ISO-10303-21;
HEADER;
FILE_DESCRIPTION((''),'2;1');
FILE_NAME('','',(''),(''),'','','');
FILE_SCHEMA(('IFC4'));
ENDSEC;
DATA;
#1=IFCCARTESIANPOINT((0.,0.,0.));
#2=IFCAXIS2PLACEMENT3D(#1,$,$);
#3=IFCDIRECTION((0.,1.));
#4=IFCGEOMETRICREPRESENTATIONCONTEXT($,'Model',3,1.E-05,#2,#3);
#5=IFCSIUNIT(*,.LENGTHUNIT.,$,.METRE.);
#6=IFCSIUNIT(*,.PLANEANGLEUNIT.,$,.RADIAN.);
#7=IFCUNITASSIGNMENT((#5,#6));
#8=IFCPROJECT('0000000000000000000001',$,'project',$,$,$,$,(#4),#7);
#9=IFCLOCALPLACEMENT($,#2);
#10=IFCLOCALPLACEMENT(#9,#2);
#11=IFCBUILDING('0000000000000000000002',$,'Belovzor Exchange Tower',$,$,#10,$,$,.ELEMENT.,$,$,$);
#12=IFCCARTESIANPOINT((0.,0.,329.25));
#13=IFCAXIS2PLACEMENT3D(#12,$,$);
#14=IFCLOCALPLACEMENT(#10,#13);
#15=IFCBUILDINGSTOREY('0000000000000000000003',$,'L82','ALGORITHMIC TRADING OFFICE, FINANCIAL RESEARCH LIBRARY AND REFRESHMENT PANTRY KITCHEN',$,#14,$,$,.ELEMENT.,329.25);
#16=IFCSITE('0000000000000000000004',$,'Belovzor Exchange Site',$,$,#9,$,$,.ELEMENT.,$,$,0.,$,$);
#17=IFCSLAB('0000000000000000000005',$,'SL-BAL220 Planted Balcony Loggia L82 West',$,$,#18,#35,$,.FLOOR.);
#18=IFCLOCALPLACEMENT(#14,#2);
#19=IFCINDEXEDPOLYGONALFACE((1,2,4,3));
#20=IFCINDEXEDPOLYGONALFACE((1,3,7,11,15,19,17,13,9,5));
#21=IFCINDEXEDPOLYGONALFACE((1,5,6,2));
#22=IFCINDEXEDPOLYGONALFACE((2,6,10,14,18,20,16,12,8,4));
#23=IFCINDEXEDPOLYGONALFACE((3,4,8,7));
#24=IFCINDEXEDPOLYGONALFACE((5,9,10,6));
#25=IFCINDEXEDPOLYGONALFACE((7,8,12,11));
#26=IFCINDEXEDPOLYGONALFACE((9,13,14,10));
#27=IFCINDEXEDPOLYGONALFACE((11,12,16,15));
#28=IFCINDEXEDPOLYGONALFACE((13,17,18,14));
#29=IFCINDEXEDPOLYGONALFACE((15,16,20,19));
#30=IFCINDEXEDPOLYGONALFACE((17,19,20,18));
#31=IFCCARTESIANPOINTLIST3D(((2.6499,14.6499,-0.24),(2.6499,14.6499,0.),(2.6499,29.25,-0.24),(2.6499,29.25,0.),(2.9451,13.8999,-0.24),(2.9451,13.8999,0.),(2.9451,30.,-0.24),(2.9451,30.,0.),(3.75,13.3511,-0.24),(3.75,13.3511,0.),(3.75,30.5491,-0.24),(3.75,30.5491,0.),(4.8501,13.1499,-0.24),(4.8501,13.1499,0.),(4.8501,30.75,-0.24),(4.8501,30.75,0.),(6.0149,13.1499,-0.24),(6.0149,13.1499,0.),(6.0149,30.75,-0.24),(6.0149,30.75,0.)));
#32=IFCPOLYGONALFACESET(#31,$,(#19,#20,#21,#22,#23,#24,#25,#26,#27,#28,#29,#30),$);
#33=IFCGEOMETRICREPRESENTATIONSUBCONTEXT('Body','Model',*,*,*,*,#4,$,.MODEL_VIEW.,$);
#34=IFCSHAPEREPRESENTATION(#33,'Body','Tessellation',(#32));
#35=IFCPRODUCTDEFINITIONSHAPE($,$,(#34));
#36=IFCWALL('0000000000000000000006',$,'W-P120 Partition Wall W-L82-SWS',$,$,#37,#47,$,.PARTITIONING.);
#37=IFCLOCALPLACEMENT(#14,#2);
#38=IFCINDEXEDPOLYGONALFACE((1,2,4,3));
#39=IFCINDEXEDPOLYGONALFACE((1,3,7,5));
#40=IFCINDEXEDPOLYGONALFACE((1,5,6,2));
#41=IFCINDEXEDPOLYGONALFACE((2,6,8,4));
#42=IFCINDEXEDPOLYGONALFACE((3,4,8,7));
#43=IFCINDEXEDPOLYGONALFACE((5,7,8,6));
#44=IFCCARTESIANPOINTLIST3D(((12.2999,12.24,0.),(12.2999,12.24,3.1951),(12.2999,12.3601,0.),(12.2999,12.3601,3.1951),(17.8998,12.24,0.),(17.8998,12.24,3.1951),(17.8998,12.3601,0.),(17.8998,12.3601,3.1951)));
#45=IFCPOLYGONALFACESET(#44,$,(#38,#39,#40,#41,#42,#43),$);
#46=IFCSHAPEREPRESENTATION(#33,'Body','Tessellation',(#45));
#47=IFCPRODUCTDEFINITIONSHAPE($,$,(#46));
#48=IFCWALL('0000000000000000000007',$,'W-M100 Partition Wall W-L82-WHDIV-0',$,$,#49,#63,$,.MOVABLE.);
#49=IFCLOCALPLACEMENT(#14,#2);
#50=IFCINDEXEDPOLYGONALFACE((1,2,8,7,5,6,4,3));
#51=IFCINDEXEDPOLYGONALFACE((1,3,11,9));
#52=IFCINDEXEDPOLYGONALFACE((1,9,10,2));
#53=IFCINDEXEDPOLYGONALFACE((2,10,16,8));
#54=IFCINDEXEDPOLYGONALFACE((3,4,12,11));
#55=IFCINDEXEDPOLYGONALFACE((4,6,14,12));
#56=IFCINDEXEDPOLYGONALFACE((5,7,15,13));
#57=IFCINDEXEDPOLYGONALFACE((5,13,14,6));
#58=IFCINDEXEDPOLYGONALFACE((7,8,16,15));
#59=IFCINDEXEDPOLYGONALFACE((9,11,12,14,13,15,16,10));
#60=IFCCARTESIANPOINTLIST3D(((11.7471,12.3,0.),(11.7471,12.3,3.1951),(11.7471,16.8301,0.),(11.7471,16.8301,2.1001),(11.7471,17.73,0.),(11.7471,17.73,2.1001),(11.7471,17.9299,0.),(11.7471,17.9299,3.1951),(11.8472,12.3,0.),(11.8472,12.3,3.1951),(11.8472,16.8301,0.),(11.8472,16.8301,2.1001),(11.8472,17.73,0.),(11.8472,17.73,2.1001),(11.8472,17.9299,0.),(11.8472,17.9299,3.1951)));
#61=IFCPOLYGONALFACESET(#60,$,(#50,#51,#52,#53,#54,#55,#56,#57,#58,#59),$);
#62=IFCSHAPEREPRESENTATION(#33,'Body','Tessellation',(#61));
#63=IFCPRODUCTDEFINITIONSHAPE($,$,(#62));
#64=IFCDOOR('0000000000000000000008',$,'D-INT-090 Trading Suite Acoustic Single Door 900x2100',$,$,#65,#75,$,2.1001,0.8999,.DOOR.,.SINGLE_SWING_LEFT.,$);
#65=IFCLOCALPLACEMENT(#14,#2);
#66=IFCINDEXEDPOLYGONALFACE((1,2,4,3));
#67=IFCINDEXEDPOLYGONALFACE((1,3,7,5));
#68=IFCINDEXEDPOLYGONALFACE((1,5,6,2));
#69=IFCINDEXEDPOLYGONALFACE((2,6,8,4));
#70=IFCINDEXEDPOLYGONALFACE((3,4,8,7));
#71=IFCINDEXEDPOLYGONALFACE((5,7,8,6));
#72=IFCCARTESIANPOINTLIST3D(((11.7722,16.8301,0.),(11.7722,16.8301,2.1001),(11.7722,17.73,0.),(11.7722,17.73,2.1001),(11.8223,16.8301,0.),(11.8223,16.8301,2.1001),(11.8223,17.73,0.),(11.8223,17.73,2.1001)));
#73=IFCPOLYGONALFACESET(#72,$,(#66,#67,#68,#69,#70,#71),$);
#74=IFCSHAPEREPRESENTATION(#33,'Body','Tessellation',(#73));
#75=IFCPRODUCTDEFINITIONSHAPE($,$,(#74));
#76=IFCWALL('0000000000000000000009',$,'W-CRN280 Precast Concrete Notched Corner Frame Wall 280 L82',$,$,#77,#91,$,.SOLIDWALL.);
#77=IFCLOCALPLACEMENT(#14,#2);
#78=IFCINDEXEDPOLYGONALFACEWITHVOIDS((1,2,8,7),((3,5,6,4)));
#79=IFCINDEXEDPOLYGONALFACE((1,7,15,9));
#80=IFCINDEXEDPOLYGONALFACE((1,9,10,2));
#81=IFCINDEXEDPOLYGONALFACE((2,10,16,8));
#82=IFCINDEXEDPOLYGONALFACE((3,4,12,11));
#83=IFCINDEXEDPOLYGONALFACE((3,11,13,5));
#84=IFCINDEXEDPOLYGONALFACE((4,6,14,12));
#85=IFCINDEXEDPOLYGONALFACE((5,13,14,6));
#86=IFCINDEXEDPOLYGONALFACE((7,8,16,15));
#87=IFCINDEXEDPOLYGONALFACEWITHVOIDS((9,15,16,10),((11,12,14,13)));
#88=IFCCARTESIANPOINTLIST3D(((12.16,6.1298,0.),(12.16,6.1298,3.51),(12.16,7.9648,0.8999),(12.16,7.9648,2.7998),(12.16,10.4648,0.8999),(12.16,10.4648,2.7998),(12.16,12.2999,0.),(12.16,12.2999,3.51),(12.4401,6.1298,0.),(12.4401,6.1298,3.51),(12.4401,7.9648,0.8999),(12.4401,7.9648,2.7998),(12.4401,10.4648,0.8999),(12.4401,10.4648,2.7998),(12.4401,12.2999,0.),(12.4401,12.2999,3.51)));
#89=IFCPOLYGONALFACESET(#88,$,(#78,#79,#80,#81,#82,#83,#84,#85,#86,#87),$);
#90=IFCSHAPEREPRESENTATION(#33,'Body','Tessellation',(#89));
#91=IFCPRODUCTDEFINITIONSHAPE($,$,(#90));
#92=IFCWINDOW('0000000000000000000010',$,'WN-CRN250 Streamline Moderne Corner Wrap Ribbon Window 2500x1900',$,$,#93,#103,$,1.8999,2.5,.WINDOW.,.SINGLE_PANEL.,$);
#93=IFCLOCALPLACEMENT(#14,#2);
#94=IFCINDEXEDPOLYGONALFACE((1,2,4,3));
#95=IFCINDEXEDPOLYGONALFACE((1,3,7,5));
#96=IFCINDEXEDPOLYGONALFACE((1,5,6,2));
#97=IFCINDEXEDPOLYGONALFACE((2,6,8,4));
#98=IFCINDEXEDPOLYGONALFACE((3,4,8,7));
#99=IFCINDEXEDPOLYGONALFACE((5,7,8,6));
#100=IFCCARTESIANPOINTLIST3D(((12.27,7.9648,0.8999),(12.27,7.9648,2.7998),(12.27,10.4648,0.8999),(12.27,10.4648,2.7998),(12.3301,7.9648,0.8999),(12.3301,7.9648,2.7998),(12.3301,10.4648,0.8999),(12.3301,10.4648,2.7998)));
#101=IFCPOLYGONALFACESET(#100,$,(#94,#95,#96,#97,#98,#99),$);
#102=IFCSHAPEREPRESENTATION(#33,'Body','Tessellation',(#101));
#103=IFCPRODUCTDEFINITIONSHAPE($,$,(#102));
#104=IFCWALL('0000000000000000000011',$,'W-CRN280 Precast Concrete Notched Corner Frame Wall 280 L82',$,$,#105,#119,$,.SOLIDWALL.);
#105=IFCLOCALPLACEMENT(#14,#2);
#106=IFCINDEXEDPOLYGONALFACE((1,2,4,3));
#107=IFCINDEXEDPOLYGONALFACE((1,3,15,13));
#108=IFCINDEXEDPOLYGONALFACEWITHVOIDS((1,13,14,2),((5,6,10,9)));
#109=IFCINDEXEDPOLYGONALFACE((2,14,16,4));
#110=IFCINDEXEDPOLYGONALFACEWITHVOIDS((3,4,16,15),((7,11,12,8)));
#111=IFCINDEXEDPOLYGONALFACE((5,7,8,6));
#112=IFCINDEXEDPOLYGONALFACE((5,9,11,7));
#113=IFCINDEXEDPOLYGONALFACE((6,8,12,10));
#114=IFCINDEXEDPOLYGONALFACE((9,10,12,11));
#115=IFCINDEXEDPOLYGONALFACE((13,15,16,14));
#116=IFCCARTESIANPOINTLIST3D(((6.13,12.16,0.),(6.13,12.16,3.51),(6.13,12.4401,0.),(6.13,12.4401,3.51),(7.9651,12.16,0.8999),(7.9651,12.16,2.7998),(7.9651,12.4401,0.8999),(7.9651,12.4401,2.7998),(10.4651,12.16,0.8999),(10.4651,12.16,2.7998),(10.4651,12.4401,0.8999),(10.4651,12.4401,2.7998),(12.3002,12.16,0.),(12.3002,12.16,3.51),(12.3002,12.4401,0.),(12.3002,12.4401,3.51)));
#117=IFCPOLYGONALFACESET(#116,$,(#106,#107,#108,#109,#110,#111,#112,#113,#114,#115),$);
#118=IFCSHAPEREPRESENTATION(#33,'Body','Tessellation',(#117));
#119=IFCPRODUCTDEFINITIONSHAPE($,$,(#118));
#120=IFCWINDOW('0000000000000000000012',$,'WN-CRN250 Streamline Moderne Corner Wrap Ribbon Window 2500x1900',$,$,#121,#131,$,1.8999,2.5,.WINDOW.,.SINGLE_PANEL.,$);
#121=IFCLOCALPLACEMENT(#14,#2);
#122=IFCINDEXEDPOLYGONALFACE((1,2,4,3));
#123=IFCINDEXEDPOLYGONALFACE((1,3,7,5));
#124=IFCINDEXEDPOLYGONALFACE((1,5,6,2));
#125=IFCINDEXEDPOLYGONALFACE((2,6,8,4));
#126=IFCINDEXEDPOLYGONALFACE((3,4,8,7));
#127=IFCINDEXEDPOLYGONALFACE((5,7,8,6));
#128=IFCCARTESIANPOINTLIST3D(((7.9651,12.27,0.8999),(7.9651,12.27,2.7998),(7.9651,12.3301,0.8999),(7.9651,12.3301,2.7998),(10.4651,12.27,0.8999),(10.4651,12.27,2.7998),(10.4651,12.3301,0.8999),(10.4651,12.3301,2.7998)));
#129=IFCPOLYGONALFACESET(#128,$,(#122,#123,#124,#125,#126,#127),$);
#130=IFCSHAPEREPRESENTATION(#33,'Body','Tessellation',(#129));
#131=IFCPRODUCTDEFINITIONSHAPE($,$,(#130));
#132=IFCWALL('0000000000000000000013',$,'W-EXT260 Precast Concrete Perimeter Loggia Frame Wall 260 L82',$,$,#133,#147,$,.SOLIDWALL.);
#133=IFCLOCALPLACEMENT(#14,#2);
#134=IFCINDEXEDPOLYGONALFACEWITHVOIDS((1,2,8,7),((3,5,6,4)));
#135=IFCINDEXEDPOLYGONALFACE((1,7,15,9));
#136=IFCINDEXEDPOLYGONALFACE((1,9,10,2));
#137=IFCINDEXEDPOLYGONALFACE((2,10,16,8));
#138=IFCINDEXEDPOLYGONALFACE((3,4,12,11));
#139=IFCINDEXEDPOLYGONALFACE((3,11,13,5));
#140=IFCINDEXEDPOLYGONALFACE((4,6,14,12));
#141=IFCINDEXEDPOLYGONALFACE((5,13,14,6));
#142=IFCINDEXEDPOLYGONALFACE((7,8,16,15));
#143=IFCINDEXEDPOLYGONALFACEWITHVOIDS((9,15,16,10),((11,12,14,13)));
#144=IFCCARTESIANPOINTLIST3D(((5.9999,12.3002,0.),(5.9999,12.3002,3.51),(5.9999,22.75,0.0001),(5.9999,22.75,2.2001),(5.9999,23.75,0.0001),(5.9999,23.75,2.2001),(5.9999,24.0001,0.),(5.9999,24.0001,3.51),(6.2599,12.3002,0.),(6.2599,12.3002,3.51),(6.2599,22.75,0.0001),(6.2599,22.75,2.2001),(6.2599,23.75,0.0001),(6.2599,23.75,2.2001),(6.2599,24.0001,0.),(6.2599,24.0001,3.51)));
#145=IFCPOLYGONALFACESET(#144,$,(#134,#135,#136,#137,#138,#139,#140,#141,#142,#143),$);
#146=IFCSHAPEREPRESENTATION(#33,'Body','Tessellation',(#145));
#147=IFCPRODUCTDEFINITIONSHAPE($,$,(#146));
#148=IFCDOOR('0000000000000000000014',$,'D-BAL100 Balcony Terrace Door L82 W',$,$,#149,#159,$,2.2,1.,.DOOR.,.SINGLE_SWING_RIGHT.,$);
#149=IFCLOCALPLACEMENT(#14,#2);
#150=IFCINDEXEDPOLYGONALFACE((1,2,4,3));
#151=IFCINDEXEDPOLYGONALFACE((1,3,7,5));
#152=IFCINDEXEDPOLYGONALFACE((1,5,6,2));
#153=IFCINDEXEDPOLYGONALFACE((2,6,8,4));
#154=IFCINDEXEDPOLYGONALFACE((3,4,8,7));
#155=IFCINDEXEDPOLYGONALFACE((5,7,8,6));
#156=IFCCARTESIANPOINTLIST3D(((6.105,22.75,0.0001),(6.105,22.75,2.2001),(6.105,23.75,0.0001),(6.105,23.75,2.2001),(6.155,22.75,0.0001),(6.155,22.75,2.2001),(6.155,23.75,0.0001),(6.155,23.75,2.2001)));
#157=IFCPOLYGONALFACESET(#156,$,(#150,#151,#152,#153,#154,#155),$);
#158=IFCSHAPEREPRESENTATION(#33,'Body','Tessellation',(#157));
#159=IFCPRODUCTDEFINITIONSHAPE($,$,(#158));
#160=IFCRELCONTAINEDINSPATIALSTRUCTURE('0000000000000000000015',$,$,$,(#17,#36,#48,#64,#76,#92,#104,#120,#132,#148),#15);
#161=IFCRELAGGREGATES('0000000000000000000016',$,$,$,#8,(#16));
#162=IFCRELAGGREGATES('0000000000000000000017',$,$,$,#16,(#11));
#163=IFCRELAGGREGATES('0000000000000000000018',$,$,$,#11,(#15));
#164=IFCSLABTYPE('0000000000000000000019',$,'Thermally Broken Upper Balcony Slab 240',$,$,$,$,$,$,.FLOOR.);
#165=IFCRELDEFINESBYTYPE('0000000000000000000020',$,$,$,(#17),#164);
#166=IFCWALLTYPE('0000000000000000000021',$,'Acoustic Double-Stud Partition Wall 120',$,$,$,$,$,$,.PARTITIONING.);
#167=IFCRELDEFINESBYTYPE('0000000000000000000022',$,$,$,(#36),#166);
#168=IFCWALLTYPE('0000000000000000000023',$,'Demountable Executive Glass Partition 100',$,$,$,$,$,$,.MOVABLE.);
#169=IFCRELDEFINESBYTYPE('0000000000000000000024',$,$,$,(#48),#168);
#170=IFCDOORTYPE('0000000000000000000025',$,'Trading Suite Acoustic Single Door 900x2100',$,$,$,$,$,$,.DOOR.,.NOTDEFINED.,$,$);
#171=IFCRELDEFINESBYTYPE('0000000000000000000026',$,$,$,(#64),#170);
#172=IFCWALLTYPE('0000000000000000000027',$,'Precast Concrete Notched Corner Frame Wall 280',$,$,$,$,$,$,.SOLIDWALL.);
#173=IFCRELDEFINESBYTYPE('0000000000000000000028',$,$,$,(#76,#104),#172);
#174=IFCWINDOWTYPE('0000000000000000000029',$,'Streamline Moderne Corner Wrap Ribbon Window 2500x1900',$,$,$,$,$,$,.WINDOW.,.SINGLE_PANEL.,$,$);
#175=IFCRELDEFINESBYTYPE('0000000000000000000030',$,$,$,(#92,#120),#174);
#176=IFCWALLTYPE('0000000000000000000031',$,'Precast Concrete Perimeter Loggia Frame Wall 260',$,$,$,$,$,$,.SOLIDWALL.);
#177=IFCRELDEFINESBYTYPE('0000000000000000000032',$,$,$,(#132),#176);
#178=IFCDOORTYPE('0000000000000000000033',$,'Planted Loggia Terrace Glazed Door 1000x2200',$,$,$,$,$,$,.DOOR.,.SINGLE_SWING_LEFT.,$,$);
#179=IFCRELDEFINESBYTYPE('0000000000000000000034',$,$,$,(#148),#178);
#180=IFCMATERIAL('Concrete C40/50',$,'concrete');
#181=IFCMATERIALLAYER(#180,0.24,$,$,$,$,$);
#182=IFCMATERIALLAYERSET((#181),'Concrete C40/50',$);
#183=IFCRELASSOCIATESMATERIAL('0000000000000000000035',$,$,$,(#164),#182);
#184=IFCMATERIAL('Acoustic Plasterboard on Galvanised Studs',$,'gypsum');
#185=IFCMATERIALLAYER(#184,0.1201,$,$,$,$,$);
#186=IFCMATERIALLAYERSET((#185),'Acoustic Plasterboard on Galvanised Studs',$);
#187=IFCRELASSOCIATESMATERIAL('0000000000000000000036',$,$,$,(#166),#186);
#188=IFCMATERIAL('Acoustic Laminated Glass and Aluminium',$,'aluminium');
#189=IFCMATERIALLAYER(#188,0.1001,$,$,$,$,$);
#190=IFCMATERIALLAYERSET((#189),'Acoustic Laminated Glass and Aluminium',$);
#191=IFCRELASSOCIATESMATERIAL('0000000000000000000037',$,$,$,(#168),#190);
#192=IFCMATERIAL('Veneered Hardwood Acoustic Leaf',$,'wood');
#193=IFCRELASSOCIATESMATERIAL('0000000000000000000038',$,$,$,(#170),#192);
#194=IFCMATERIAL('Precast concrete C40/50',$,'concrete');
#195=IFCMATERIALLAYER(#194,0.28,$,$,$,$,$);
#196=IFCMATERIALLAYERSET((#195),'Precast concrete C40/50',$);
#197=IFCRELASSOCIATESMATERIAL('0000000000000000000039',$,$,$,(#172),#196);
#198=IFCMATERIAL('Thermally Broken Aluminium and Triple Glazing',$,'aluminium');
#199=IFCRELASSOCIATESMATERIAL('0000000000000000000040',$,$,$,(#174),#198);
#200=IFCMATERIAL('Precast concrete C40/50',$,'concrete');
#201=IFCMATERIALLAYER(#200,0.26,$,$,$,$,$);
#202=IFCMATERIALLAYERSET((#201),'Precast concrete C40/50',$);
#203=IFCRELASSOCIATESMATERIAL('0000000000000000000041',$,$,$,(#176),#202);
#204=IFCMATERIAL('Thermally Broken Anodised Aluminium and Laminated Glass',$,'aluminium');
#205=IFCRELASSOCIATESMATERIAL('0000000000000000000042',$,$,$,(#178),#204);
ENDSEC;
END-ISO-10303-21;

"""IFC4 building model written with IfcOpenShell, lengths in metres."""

from ifc_helpers import new_model, si_unit, direction, frame, frame_2d, origin, place, context, subcontext, project, spatial, polyline, rectangle, outline, extrude, material, layer, layer_set, type_object, element, fill, save


model = new_model("IFC4")

# Units and contexts
model_context = context("Model", 3, precision=1e-05, world=origin(), true_north=direction((0.0, 1.0)))
body_context = subcontext(model_context, "Body", "Model", "MODEL_VIEW")
ifc_project = project(units=[si_unit("LENGTHUNIT", "METRE"), si_unit("PLANEANGLEUNIT", "RADIAN")], contexts=[model_context])

# Site, building, storey
site_placement = place(None, origin())
site = spatial("IfcSite", under=ifc_project, at=site_placement, Name="Belovzor Exchange Site", CompositionType="ELEMENT", RefElevation=0.0)
building_placement = place(site_placement, origin())
building = spatial("IfcBuilding", under=site, at=building_placement, Name="Belovzor Exchange Tower", CompositionType="ELEMENT")
storey_placement = place(building_placement, frame((0.0, 0.0, 329.25)))
storey = spatial("IfcBuildingStorey", under=building, at=storey_placement, Name="L82", Description="ALGORITHMIC TRADING OFFICE, FINANCIAL RESEARCH LIBRARY AND REFRESHMENT PANTRY KITCHEN", CompositionType="ELEMENT", Elevation=329.25)

# Slab
ifc_material_1 = material(Name="Concrete C40/50", Category="concrete")
ifc_layer_1 = layer(ifc_material_1, 0.24)
ifc_layer_set_1 = layer_set([ifc_layer_1], Name="Concrete C40/50")
slab_type_1 = type_object("IfcSlabType", Name="Thermally Broken Upper Balcony Slab 240", PredefinedType="FLOOR", material=ifc_layer_set_1)
slab_1_placement = place(storey_placement, frame((0.0, 0.0, -0.24)))
element("IfcSlab", 1, at=slab_1_placement, inside=storey, type_object=slab_type_1, Name="SL-BAL220 Planted Balcony Loggia L82 West", PredefinedType="FLOOR", context=body_context, shape_type="SweptSolid", body=[
    extrude(outline(polyline([(6.0149, 30.75), (4.8501, 30.75), (3.75, 30.5491), (2.9451, 30.0), (2.6499, 29.25), (2.6499, 14.6499), (2.9451, 13.8999), (3.75, 13.3511), (4.8501, 13.1499), (6.0149, 13.1499), (6.0149, 30.75)])), origin(), (0.0, 0.0, 1.0), 0.24),
])

# Wall
ifc_material_2 = material(Name="Acoustic Plasterboard on Galvanised Studs", Category="gypsum")
ifc_layer_2 = layer(ifc_material_2, 0.1201)
ifc_layer_set_2 = layer_set([ifc_layer_2], Name="Acoustic Plasterboard on Galvanised Studs")
wall_type_1 = type_object("IfcWallType", Name="Acoustic Double-Stud Partition Wall 120", PredefinedType="PARTITIONING", material=ifc_layer_set_2)
wall_1_placement = place(storey_placement, frame((12.3, 12.3, 0.0), z_axis=(0.0, 0.0, 1.0), x_axis=(1.0, 0.0, 0.0)))
element("IfcWall", 2, at=wall_1_placement, inside=storey, type_object=wall_type_1, Name="W-P120 Partition Wall W-L82-SWS", PredefinedType="PARTITIONING", context=body_context, shape_type="SweptSolid", body=[
    extrude(rectangle(XDim=5.5999, YDim=0.1201, at=frame_2d((2.7998, 0.0))), origin(), (0.0, 0.0, 1.0), 3.1951),
])

# Wall, opening, door
ifc_material_3 = material(Name="Acoustic Laminated Glass and Aluminium", Category="aluminium")
ifc_layer_3 = layer(ifc_material_3, 0.1001)
ifc_layer_set_3 = layer_set([ifc_layer_3], Name="Acoustic Laminated Glass and Aluminium")
wall_type_2 = type_object("IfcWallType", Name="Demountable Executive Glass Partition 100", PredefinedType="MOVABLE", material=ifc_layer_set_3)
wall_2_placement = place(storey_placement, frame((11.7971, 12.3, 0.0), z_axis=(0.0, 0.0, 1.0), x_axis=(0.0, 1.0, 0.0)))
wall_2 = element("IfcWall", 3, at=wall_2_placement, inside=storey, type_object=wall_type_2, Name="W-M100 Partition Wall W-L82-WHDIV-0", PredefinedType="MOVABLE", context=body_context, shape_type="SweptSolid", body=[
    extrude(rectangle(XDim=5.6299, YDim=0.1001, at=frame_2d((2.8149, 0.0))), origin(), (0.0, 0.0, 1.0), 3.1951),
])
opening_1_placement = place(wall_2_placement, frame((4.53, 0.0, 0.0)))
opening_1 = element("IfcOpeningElement", 4, at=opening_1_placement, cuts=wall_2, PredefinedType="OPENING", context=body_context, shape_type="SweptSolid", body=[
    extrude(rectangle(XDim=0.8999, YDim=2.1001, at=frame_2d((0.45, 1.05))), frame((0.0, 0.0601, 0.0), z_axis=(0.0, -1.0, 0.0), x_axis=(1.0, 0.0, 0.0)), (0.0, 0.0, 1.0), 0.1201),
])
ifc_material_4 = material(Name="Veneered Hardwood Acoustic Leaf", Category="wood")
door_type_1 = type_object("IfcDoorType", Name="Trading Suite Acoustic Single Door 900x2100", OperationType="NOTDEFINED", PredefinedType="DOOR", material=ifc_material_4)
door_1_placement = place(opening_1_placement, origin())
door_1 = element("IfcDoor", 5, at=door_1_placement, inside=storey, type_object=door_type_1, Name="D-INT-090 Trading Suite Acoustic Single Door 900x2100", OperationType="SINGLE_SWING_LEFT", OverallHeight=2.1001, OverallWidth=0.8999, PredefinedType="DOOR", context=body_context, shape_type="SweptSolid", body=[
    extrude(rectangle(XDim=0.8999, YDim=2.1001, at=frame_2d((0.45, 1.05))), frame((0.0, 0.0249, 0.0), z_axis=(0.0, -1.0, 0.0), x_axis=(1.0, 0.0, 0.0)), (0.0, 0.0, 1.0), 0.05),
])
fill(opening_1, door_1)

# Walls, openings, windows
ifc_material_5 = material(Name="Precast concrete C40/50", Category="concrete")
ifc_layer_4 = layer(ifc_material_5, 0.28)
ifc_layer_set_4 = layer_set([ifc_layer_4], Name="Precast concrete C40/50")
wall_type_3 = type_object("IfcWallType", Name="Precast Concrete Notched Corner Frame Wall 280", PredefinedType="SOLIDWALL", material=ifc_layer_set_4)
wall_3_placement = place(storey_placement, frame((12.3, 6.1299, 0.0), z_axis=(0.0, 0.0, 1.0), x_axis=(0.0, 1.0, 0.0)))
wall_3 = element("IfcWall", 6, at=wall_3_placement, inside=storey, type_object=wall_type_3, Name="W-CRN280 Precast Concrete Notched Corner Frame Wall 280 L82", PredefinedType="SOLIDWALL", context=body_context, shape_type="SweptSolid", body=[
    extrude(rectangle(XDim=6.1702, YDim=0.28, at=frame_2d((3.085, 0.0))), origin(), (0.0, 0.0, 1.0), 3.51),
])
opening_2_placement = place(wall_3_placement, frame((1.835, 0.0, 0.8999)))
opening_2 = element("IfcOpeningElement", 7, at=opening_2_placement, cuts=wall_3, PredefinedType="OPENING", context=body_context, shape_type="SweptSolid", body=[
    extrude(rectangle(XDim=2.5, YDim=1.8999, at=frame_2d((1.25, 0.95))), frame((0.0, 0.1499, 0.0), z_axis=(0.0, -1.0, 0.0), x_axis=(1.0, 0.0, 0.0)), (0.0, 0.0, 1.0), 0.3),
])
ifc_material_6 = material(Name="Thermally Broken Aluminium and Triple Glazing", Category="aluminium")
window_type = type_object("IfcWindowType", Name="Streamline Moderne Corner Wrap Ribbon Window 2500x1900", PartitioningType="SINGLE_PANEL", PredefinedType="WINDOW", material=ifc_material_6)
window_1_placement = place(opening_2_placement, origin())
window_1 = element("IfcWindow", 8, at=window_1_placement, inside=storey, type_object=window_type, Name="WN-CRN250 Streamline Moderne Corner Wrap Ribbon Window 2500x1900", OverallHeight=1.8999, OverallWidth=2.5, PartitioningType="SINGLE_PANEL", PredefinedType="WINDOW", context=body_context, shape_type="SweptSolid", body=[
    extrude(rectangle(XDim=2.5, YDim=1.8999, at=frame_2d((1.25, 0.95))), frame((0.0, 0.03, 0.0), z_axis=(0.0, -1.0, 0.0), x_axis=(1.0, 0.0, 0.0)), (0.0, 0.0, 1.0), 0.0601),
])
fill(opening_2, window_1)
wall_4_placement = place(storey_placement, frame((12.3, 12.3, 0.0), z_axis=(0.0, 0.0, 1.0), x_axis=(-1.0, 0.0, 0.0)))
wall_4 = element("IfcWall", 9, at=wall_4_placement, inside=storey, type_object=wall_type_3, Name="W-CRN280 Precast Concrete Notched Corner Frame Wall 280 L82", PredefinedType="SOLIDWALL", context=body_context, shape_type="SweptSolid", body=[
    extrude(rectangle(XDim=6.1702, YDim=0.28, at=frame_2d((3.085, 0.0))), origin(), (0.0, 0.0, 1.0), 3.51),
])
opening_3_placement = place(wall_4_placement, frame((1.835, 0.0, 0.8999)))
opening_3 = element("IfcOpeningElement", 10, at=opening_3_placement, cuts=wall_4, PredefinedType="OPENING", context=body_context, shape_type="SweptSolid", body=[
    extrude(rectangle(XDim=2.5, YDim=1.8999, at=frame_2d((1.25, 0.95))), frame((0.0, 0.1499, 0.0), z_axis=(0.0, -1.0, 0.0), x_axis=(1.0, 0.0, 0.0)), (0.0, 0.0, 1.0), 0.3),
])
window_2_placement = place(opening_3_placement, origin())
window_2 = element("IfcWindow", 11, at=window_2_placement, inside=storey, type_object=window_type, Name="WN-CRN250 Streamline Moderne Corner Wrap Ribbon Window 2500x1900", OverallHeight=1.8999, OverallWidth=2.5, PartitioningType="SINGLE_PANEL", PredefinedType="WINDOW", context=body_context, shape_type="SweptSolid", body=[
    extrude(rectangle(XDim=2.5, YDim=1.8999, at=frame_2d((1.25, 0.95))), frame((0.0, 0.03, 0.0), z_axis=(0.0, -1.0, 0.0), x_axis=(1.0, 0.0, 0.0)), (0.0, 0.0, 1.0), 0.0601),
])
fill(opening_3, window_2)

# Wall, opening, door
ifc_material_7 = material(Name="Precast concrete C40/50", Category="concrete")
ifc_layer_5 = layer(ifc_material_7, 0.26)
ifc_layer_set_5 = layer_set([ifc_layer_5], Name="Precast concrete C40/50")
wall_type_4 = type_object("IfcWallType", Name="Precast Concrete Perimeter Loggia Frame Wall 260", PredefinedType="SOLIDWALL", material=ifc_layer_set_5)
wall_5_placement = place(storey_placement, frame((6.1299, 12.3, 0.0), z_axis=(0.0, 0.0, 1.0), x_axis=(0.0, 1.0, 0.0)))
wall_5 = element("IfcWall", 12, at=wall_5_placement, inside=storey, type_object=wall_type_4, Name="W-EXT260 Precast Concrete Perimeter Loggia Frame Wall 260 L82", PredefinedType="SOLIDWALL", context=body_context, shape_type="SweptSolid", body=[
    extrude(rectangle(XDim=11.7, YDim=0.26, at=frame_2d((5.8501, 0.0))), origin(), (0.0, 0.0, 1.0), 3.51),
])
opening_4_placement = place(wall_5_placement, frame((10.45, 0.0, 0.0)))
opening_4 = element("IfcOpeningElement", 13, at=opening_4_placement, cuts=wall_5, PredefinedType="OPENING", context=body_context, shape_type="SweptSolid", body=[
    extrude(rectangle(XDim=1.0, YDim=2.2, at=frame_2d((0.5, 1.1001))), frame((0.0, 0.1399, 0.0), z_axis=(0.0, -1.0, 0.0), x_axis=(1.0, 0.0, 0.0)), (0.0, 0.0, 1.0), 0.28),
])
ifc_material_8 = material(Name="Thermally Broken Anodised Aluminium and Laminated Glass", Category="aluminium")
door_type_2 = type_object("IfcDoorType", Name="Planted Loggia Terrace Glazed Door 1000x2200", OperationType="SINGLE_SWING_LEFT", PredefinedType="DOOR", material=ifc_material_8)
door_2_placement = place(opening_4_placement, origin())
door_2 = element("IfcDoor", 14, at=door_2_placement, inside=storey, type_object=door_type_2, Name="D-BAL100 Balcony Terrace Door L82 W", OperationType="SINGLE_SWING_RIGHT", OverallHeight=2.2, OverallWidth=1.0, PredefinedType="DOOR", context=body_context, shape_type="SweptSolid", body=[
    extrude(rectangle(XDim=1.0, YDim=2.2, at=frame_2d((0.5, 1.1001))), frame((0.0, 0.0249, 0.0), z_axis=(0.0, -1.0, 0.0), x_axis=(1.0, 0.0, 0.0)), (0.0, 0.0, 1.0), 0.05),
])
fill(opening_4, door_2)

save(model, "model.ifc")
